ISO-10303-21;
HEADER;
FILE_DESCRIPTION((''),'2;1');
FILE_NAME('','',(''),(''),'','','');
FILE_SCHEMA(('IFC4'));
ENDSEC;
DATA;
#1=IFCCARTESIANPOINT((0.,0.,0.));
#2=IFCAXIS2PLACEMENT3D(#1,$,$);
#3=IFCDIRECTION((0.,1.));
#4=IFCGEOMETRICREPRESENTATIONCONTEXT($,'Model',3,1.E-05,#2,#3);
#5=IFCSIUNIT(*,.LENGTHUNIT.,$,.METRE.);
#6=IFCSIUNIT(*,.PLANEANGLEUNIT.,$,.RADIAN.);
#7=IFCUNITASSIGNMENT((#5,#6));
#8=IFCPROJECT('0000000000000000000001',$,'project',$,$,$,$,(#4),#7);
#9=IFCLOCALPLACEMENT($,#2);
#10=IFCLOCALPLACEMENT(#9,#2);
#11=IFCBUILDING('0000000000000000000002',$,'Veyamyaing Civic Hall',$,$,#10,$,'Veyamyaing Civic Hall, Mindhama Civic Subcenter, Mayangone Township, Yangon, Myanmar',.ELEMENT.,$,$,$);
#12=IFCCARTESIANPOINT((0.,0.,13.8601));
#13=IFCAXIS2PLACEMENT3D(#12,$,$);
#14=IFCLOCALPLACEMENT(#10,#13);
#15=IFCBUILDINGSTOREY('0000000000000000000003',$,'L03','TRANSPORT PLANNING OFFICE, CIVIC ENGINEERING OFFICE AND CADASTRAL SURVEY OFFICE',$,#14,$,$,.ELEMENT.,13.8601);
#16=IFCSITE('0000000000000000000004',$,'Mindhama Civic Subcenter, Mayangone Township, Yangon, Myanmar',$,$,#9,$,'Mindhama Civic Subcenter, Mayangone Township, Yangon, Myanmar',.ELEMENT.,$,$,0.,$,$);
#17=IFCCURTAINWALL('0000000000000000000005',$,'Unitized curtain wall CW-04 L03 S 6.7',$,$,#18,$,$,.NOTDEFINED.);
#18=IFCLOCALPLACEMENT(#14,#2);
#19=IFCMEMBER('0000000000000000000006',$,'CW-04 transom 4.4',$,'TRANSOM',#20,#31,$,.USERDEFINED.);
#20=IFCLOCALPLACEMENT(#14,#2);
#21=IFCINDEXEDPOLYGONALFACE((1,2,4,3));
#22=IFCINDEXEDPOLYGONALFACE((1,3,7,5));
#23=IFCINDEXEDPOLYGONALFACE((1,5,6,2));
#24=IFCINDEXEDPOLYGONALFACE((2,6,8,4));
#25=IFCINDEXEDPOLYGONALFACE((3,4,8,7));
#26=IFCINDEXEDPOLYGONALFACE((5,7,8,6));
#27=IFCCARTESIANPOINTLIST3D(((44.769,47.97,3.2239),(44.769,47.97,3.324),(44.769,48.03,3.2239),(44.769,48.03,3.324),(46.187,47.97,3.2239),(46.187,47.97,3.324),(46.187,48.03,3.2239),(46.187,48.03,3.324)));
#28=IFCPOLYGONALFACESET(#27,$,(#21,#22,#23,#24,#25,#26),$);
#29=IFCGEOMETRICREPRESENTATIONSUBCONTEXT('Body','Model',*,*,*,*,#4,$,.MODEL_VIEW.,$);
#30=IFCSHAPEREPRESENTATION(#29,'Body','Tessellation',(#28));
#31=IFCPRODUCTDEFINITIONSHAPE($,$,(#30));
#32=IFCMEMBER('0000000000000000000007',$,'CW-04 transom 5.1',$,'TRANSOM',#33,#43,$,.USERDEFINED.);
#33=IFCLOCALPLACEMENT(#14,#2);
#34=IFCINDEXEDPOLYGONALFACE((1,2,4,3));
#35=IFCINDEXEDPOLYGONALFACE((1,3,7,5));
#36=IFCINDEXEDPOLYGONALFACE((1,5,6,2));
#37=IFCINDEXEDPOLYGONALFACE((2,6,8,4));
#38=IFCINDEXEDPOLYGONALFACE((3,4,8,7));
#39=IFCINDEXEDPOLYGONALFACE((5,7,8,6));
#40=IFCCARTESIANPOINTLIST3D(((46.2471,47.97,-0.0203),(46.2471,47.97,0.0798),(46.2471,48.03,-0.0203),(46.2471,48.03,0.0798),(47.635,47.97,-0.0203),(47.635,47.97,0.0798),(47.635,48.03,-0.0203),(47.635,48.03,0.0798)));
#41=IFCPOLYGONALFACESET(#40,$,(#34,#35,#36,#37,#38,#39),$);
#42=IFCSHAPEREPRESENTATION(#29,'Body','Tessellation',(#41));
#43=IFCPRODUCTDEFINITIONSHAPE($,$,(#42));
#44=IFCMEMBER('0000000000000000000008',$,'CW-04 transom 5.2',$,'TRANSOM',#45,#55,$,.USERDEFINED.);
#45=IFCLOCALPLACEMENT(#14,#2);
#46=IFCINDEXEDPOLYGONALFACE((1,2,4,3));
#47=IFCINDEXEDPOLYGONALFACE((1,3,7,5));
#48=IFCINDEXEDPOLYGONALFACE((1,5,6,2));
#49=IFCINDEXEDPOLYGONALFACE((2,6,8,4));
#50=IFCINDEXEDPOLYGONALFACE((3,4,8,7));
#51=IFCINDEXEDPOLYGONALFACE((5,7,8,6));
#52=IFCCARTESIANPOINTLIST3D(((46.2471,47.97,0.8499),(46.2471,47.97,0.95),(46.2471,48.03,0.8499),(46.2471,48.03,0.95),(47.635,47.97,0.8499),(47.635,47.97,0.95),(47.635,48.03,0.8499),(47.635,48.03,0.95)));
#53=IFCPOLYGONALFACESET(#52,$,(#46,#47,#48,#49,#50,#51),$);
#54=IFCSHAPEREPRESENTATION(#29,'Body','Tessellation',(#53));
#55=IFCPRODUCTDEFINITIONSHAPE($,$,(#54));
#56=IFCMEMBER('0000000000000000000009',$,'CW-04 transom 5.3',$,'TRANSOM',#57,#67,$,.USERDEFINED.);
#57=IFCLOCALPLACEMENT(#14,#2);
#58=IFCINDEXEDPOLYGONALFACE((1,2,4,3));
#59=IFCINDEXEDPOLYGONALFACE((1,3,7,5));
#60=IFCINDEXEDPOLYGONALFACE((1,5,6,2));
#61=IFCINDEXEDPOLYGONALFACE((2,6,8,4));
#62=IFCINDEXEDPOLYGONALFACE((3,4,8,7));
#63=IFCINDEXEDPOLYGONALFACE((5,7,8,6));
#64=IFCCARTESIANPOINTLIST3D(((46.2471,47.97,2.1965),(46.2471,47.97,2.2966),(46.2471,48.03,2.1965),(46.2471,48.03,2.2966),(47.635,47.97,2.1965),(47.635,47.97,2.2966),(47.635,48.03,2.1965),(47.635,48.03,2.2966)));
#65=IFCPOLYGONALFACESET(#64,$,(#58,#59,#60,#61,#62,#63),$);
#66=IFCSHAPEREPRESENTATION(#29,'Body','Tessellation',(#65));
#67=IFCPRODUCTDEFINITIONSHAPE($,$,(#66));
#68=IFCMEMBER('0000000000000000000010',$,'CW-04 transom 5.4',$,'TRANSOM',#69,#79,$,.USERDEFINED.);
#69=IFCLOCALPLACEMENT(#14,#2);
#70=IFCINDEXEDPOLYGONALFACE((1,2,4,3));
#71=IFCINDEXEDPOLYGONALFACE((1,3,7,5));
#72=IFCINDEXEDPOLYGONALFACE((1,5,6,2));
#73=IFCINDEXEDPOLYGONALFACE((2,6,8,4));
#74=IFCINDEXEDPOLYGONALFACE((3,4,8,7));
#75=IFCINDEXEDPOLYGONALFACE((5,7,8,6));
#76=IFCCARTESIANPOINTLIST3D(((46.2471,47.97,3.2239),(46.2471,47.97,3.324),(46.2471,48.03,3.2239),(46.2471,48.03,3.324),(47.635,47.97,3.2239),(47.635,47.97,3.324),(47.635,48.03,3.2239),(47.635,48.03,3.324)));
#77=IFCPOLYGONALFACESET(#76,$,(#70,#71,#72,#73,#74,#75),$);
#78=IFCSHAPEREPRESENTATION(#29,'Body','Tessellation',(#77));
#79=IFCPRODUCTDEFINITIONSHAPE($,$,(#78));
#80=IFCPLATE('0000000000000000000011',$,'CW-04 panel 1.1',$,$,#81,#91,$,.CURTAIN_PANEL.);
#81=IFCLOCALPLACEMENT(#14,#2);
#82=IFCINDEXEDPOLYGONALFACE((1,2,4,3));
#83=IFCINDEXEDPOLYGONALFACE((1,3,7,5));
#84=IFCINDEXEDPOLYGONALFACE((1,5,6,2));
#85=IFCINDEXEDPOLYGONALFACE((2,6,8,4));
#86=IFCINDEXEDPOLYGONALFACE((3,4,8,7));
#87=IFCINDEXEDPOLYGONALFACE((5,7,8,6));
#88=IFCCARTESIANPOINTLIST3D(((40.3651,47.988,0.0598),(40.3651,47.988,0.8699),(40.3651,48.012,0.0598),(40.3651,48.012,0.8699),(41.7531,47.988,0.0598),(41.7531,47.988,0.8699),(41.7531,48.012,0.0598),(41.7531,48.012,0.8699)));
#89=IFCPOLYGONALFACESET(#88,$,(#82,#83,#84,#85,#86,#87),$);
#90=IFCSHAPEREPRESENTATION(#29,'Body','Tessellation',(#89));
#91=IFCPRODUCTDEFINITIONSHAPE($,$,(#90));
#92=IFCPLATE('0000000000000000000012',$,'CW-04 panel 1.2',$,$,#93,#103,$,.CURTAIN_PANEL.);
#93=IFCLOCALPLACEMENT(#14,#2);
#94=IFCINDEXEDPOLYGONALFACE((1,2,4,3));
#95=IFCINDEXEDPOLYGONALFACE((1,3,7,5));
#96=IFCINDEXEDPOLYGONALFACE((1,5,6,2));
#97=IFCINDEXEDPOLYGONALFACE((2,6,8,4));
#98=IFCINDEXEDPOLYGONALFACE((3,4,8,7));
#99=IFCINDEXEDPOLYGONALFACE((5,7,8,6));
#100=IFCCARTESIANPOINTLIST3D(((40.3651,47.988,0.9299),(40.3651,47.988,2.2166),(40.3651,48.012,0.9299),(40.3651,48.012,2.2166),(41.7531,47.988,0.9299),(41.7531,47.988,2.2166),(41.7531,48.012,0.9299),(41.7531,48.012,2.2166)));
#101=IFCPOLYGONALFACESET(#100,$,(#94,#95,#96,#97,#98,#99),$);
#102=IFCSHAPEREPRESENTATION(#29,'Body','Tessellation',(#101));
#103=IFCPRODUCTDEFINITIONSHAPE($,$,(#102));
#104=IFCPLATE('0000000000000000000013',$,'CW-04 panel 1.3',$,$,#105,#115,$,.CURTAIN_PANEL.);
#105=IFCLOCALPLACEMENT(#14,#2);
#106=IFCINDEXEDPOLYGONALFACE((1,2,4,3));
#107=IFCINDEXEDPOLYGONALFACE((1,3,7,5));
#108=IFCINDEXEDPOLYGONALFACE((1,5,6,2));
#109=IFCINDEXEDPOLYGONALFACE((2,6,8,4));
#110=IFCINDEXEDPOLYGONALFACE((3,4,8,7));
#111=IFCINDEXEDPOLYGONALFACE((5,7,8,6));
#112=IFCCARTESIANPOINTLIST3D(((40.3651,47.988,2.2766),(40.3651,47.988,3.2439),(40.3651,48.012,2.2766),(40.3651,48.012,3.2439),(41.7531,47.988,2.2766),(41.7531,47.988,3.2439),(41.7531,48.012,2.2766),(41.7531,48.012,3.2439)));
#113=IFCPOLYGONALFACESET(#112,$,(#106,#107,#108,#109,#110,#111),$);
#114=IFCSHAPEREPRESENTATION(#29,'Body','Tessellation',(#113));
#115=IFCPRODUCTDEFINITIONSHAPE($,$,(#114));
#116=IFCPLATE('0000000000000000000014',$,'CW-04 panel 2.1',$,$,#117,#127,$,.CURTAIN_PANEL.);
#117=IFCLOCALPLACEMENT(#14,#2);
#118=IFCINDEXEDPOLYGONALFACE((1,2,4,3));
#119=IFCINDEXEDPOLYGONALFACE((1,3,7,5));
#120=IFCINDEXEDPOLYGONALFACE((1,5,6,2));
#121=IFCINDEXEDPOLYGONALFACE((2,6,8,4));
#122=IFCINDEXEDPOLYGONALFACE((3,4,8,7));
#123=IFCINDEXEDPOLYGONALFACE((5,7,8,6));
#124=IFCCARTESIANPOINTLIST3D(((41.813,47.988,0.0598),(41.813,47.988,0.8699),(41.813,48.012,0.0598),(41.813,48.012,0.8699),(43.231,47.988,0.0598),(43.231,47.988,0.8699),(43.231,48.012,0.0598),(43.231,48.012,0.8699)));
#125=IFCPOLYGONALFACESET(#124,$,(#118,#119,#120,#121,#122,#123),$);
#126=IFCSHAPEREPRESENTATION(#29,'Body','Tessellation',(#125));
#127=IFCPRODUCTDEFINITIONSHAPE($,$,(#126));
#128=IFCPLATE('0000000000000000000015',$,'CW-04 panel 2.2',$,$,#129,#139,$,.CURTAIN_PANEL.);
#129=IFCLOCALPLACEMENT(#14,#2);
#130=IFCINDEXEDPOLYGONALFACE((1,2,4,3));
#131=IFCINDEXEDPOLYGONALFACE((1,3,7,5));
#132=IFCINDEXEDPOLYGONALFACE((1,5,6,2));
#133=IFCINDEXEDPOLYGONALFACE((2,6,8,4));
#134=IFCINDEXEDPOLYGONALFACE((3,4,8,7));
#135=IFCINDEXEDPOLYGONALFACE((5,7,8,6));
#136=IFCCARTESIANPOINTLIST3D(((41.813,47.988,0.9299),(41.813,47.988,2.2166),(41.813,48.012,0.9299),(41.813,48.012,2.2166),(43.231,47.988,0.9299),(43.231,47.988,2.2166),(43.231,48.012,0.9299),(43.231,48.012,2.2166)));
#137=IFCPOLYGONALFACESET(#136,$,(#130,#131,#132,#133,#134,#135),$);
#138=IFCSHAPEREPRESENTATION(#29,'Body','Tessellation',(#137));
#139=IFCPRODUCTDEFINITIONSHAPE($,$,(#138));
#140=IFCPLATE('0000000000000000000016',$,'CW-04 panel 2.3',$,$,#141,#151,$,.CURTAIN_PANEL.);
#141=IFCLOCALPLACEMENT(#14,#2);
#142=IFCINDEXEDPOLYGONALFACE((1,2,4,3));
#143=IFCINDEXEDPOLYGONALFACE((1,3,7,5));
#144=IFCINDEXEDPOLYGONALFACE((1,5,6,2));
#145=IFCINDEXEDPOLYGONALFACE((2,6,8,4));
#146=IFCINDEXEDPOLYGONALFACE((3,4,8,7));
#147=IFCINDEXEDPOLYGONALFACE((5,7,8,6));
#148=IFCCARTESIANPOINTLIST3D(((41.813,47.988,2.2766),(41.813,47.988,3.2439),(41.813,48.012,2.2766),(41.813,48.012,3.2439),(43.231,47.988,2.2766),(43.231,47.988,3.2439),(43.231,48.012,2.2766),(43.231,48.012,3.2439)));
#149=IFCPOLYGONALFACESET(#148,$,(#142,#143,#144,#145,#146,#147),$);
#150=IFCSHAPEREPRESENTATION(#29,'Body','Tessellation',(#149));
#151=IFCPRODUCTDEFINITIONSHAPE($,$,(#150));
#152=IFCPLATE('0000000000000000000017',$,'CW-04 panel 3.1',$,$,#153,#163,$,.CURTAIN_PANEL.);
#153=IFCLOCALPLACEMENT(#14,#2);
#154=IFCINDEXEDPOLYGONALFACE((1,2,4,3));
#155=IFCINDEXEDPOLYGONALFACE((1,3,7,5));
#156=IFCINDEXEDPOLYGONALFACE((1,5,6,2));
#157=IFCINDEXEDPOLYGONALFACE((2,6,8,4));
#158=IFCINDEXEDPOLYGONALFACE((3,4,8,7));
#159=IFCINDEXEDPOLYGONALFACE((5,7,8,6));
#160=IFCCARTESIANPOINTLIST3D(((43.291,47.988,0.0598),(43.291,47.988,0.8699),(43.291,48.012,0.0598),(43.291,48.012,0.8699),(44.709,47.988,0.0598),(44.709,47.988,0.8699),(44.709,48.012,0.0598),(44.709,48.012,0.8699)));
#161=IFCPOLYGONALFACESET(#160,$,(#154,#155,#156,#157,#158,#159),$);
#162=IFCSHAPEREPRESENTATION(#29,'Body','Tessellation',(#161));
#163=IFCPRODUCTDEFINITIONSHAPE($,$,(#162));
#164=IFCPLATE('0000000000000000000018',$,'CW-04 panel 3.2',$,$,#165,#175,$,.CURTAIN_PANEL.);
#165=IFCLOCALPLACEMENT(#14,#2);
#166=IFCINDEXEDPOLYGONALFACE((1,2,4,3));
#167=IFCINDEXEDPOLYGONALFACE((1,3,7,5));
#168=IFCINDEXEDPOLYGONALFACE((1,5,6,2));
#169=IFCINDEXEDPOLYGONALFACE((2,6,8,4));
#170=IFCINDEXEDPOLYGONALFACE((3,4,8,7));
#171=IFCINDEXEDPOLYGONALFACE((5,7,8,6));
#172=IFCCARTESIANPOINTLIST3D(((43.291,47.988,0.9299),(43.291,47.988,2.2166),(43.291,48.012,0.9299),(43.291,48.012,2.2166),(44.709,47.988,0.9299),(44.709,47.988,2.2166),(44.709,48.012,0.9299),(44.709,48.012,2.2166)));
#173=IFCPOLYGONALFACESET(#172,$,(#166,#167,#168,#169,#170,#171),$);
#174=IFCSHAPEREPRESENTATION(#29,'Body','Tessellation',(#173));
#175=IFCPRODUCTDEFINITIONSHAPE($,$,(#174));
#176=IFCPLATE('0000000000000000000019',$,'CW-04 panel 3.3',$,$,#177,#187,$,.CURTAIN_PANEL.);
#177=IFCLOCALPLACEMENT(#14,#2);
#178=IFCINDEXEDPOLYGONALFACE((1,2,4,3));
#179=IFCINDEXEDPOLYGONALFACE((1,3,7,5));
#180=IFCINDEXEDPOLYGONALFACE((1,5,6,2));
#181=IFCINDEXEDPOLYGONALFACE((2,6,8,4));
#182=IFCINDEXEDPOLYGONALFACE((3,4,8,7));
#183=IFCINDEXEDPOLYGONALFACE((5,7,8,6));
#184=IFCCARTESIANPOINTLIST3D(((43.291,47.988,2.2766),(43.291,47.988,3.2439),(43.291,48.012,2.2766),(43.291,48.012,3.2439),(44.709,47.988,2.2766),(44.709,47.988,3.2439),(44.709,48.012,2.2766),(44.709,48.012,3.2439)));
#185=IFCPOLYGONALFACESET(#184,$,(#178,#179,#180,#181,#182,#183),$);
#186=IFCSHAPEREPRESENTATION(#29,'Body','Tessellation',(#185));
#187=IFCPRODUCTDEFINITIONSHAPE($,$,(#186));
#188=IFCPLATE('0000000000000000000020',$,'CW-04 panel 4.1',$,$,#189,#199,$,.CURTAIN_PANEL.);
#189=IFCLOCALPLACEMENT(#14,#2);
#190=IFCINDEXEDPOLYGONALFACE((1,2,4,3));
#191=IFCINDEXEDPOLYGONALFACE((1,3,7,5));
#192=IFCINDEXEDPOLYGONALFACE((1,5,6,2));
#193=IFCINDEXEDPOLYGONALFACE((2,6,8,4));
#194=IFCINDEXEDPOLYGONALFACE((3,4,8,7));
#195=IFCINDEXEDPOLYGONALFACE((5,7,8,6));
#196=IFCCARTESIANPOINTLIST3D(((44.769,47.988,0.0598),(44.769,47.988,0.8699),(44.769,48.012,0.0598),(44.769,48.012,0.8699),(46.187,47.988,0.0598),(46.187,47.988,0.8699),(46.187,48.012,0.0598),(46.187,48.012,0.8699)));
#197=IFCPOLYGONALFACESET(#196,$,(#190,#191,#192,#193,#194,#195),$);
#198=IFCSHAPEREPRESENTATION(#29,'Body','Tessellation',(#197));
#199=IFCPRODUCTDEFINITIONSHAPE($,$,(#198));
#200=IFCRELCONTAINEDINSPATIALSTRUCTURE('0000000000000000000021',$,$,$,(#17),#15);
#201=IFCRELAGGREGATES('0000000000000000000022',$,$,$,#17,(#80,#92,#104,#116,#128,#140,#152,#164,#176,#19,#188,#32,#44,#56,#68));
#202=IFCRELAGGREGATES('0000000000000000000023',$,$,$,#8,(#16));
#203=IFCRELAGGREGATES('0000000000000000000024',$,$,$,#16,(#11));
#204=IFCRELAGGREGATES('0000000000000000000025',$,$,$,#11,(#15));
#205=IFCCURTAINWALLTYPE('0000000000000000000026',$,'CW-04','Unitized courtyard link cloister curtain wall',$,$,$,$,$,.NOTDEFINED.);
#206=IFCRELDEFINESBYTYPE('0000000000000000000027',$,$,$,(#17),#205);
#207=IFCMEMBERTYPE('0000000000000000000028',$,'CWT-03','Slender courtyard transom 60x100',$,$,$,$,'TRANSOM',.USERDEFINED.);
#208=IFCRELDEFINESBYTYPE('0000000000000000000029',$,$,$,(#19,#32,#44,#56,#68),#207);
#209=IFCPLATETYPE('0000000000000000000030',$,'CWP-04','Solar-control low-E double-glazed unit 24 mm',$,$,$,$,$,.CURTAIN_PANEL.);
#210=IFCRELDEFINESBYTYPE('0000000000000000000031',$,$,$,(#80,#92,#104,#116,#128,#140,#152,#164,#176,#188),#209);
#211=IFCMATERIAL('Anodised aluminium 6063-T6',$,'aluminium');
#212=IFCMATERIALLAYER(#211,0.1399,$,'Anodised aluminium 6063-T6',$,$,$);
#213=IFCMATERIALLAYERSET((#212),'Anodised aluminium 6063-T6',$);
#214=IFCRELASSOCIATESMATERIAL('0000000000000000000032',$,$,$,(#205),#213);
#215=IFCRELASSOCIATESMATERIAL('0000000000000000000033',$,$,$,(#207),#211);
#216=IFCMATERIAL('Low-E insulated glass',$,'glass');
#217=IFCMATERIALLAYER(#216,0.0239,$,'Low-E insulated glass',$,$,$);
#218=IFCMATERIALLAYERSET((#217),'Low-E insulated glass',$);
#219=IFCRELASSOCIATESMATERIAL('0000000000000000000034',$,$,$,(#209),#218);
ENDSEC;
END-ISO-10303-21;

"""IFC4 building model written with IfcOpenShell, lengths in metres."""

from ifc_helpers import new_model, si_unit, direction, frame, origin, origin_2d, place, context, subcontext, project, spatial, rectangle, extrude, material, layer, layer_set, material_profile, profile_set, type_object, element, aggregate, save


model = new_model("IFC4")

# Units and contexts
model_context = context("Model", 3, precision=1e-05, world=origin(), true_north=direction((0.0, 1.0)))
body_context = subcontext(model_context, "Body", "Model", "MODEL_VIEW")
ifc_project = project(units=[si_unit("LENGTHUNIT", "METRE"), si_unit("PLANEANGLEUNIT", "RADIAN")], contexts=[model_context])

# Site, building, storey
site_placement = place(None, origin())
site = spatial("IfcSite", under=ifc_project, at=site_placement, Name="Mindhama Civic Subcenter, Mayangone Township, Yangon, Myanmar", LongName="Mindhama Civic Subcenter, Mayangone Township, Yangon, Myanmar", CompositionType="ELEMENT", RefElevation=0.0)
building_placement = place(site_placement, origin())
building = spatial("IfcBuilding", under=site, at=building_placement, Name="Veyamyaing Civic Hall", LongName="Veyamyaing Civic Hall, Mindhama Civic Subcenter, Mayangone Township, Yangon, Myanmar", CompositionType="ELEMENT")
storey_placement = place(building_placement, frame((0.0, 0.0, 13.8601)))
storey = spatial("IfcBuildingStorey", under=building, at=storey_placement, Name="L03", Description="TRANSPORT PLANNING OFFICE, CIVIC ENGINEERING OFFICE AND CADASTRAL SURVEY OFFICE", CompositionType="ELEMENT", Elevation=13.8601)

# Curtain wall, members, plates
ifc_material_1 = material(Name="Anodised aluminium 6063-T6", Category="aluminium")
ifc_layer_1 = layer(ifc_material_1, 0.1399, Name="Anodised aluminium 6063-T6")
ifc_layer_set_1 = layer_set([ifc_layer_1], Name="Anodised aluminium 6063-T6")
curtain_wall_type = type_object("IfcCurtainWallType", Name="CW-04", Description="Unitized courtyard link cloister curtain wall", PredefinedType="NOTDEFINED", material=ifc_layer_set_1)
curtain_wall_placement = place(storey_placement, origin())
curtain_wall = element("IfcCurtainWall", 1, at=curtain_wall_placement, inside=storey, type_object=curtain_wall_type, Name="Unitized curtain wall CW-04 L03 S 6.7", PredefinedType="NOTDEFINED")
ifc_material_profile_1 = material_profile(ifc_material_1, rectangle(XDim=0.0601, YDim=0.1001, at=origin_2d()), Name="ALU-TRN-60X100")
ifc_profile_set_1 = profile_set([ifc_material_profile_1], Name="Anodised aluminium 6063-T6")
member_type_1 = type_object("IfcMemberType", Name="CWT-03", Description="Slender courtyard transom 60x100", ElementType="TRANSOM", PredefinedType="USERDEFINED", material=ifc_profile_set_1)
member_1_placement = place(storey_placement, frame((44.769, 48.0, 3.2739), z_axis=(1.0, 0.0, 0.0), x_axis=(0.0, 1.0, 0.0)))
member_1 = element("IfcMember", 2, at=member_1_placement, type_object=member_type_1, Name="CW-04 transom 4.4", ObjectType="TRANSOM", PredefinedType="USERDEFINED", context=body_context, shape_type="SweptSolid", body=[
    extrude(rectangle(XDim=0.0601, YDim=0.1001, at=origin_2d()), origin(), (0.0, 0.0, 1.0), 1.418),
])
member_2_placement = place(storey_placement, frame((46.2471, 48.0, 0.0298), z_axis=(1.0, 0.0, 0.0), x_axis=(0.0, 1.0, 0.0)))
member_2 = element("IfcMember", 3, at=member_2_placement, type_object=member_type_1, Name="CW-04 transom 5.1", ObjectType="TRANSOM", PredefinedType="USERDEFINED", context=body_context, shape_type="SweptSolid", body=[
    extrude(rectangle(XDim=0.0601, YDim=0.1001, at=origin_2d()), origin(), (0.0, 0.0, 1.0), 1.3879),
])
member_3_placement = place(storey_placement, frame((46.2471, 48.0, 0.8999), z_axis=(1.0, 0.0, 0.0), x_axis=(0.0, 1.0, 0.0)))
member_3 = element("IfcMember", 4, at=member_3_placement, type_object=member_type_1, Name="CW-04 transom 5.2", ObjectType="TRANSOM", PredefinedType="USERDEFINED", context=body_context, shape_type="SweptSolid", body=[
    extrude(rectangle(XDim=0.0601, YDim=0.1001, at=origin_2d()), origin(), (0.0, 0.0, 1.0), 1.3879),
])
member_4_placement = place(storey_placement, frame((46.2471, 48.0, 2.2466), z_axis=(1.0, 0.0, 0.0), x_axis=(0.0, 1.0, 0.0)))
member_4 = element("IfcMember", 5, at=member_4_placement, type_object=member_type_1, Name="CW-04 transom 5.3", ObjectType="TRANSOM", PredefinedType="USERDEFINED", context=body_context, shape_type="SweptSolid", body=[
    extrude(rectangle(XDim=0.0601, YDim=0.1001, at=origin_2d()), origin(), (0.0, 0.0, 1.0), 1.3879),
])
member_5_placement = place(storey_placement, frame((46.2471, 48.0, 3.2739), z_axis=(1.0, 0.0, 0.0), x_axis=(0.0, 1.0, 0.0)))
member_5 = element("IfcMember", 6, at=member_5_placement, type_object=member_type_1, Name="CW-04 transom 5.4", ObjectType="TRANSOM", PredefinedType="USERDEFINED", context=body_context, shape_type="SweptSolid", body=[
    extrude(rectangle(XDim=0.0601, YDim=0.1001, at=origin_2d()), origin(), (0.0, 0.0, 1.0), 1.3879),
])
ifc_material_2 = material(Name="Low-E insulated glass", Category="glass")
ifc_layer_2 = layer(ifc_material_2, 0.0239, Name="Low-E insulated glass")
ifc_layer_set_2 = layer_set([ifc_layer_2], Name="Low-E insulated glass")
plate_type = type_object("IfcPlateType", Name="CWP-04", Description="Solar-control low-E double-glazed unit 24 mm", PredefinedType="CURTAIN_PANEL", material=ifc_layer_set_2)
plate_1_placement = place(storey_placement, frame((41.0591, 48.0, 0.0598), z_axis=(0.0, 0.0, 1.0), x_axis=(1.0, 0.0, 0.0)))
plate_1 = element("IfcPlate", 7, at=plate_1_placement, type_object=plate_type, Name="CW-04 panel 1.1", PredefinedType="CURTAIN_PANEL", context=body_context, shape_type="SweptSolid", body=[
    extrude(rectangle(XDim=1.3879, YDim=0.0239, at=origin_2d()), origin(), (0.0, 0.0, 1.0), 0.8101),
])
plate_2_placement = place(storey_placement, frame((41.0591, 48.0, 0.9299), z_axis=(0.0, 0.0, 1.0), x_axis=(1.0, 0.0, 0.0)))
plate_2 = element("IfcPlate", 8, at=plate_2_placement, type_object=plate_type, Name="CW-04 panel 1.2", PredefinedType="CURTAIN_PANEL", context=body_context, shape_type="SweptSolid", body=[
    extrude(rectangle(XDim=1.3879, YDim=0.0239, at=origin_2d()), origin(), (0.0, 0.0, 1.0), 1.2866),
])
plate_3_placement = place(storey_placement, frame((41.0591, 48.0, 2.2766), z_axis=(0.0, 0.0, 1.0), x_axis=(1.0, 0.0, 0.0)))
plate_3 = element("IfcPlate", 9, at=plate_3_placement, type_object=plate_type, Name="CW-04 panel 1.3", PredefinedType="CURTAIN_PANEL", context=body_context, shape_type="SweptSolid", body=[
    extrude(rectangle(XDim=1.3879, YDim=0.0239, at=origin_2d()), origin(), (0.0, 0.0, 1.0), 0.9673),
])
plate_4_placement = place(storey_placement, frame((42.522, 48.0, 0.0598), z_axis=(0.0, 0.0, 1.0), x_axis=(1.0, 0.0, 0.0)))
plate_4 = element("IfcPlate", 10, at=plate_4_placement, type_object=plate_type, Name="CW-04 panel 2.1", PredefinedType="CURTAIN_PANEL", context=body_context, shape_type="SweptSolid", body=[
    extrude(rectangle(XDim=1.418, YDim=0.0239, at=origin_2d()), origin(), (0.0, 0.0, 1.0), 0.8101),
])
plate_5_placement = place(storey_placement, frame((42.522, 48.0, 0.9299), z_axis=(0.0, 0.0, 1.0), x_axis=(1.0, 0.0, 0.0)))
plate_5 = element("IfcPlate", 11, at=plate_5_placement, type_object=plate_type, Name="CW-04 panel 2.2", PredefinedType="CURTAIN_PANEL", context=body_context, shape_type="SweptSolid", body=[
    extrude(rectangle(XDim=1.418, YDim=0.0239, at=origin_2d()), origin(), (0.0, 0.0, 1.0), 1.2866),
])
plate_6_placement = place(storey_placement, frame((42.522, 48.0, 2.2766), z_axis=(0.0, 0.0, 1.0), x_axis=(1.0, 0.0, 0.0)))
plate_6 = element("IfcPlate", 12, at=plate_6_placement, type_object=plate_type, Name="CW-04 panel 2.3", PredefinedType="CURTAIN_PANEL", context=body_context, shape_type="SweptSolid", body=[
    extrude(rectangle(XDim=1.418, YDim=0.0239, at=origin_2d()), origin(), (0.0, 0.0, 1.0), 0.9673),
])
plate_7_placement = place(storey_placement, frame((44.0, 48.0, 0.0598), z_axis=(0.0, 0.0, 1.0), x_axis=(1.0, 0.0, 0.0)))
plate_7 = element("IfcPlate", 13, at=plate_7_placement, type_object=plate_type, Name="CW-04 panel 3.1", PredefinedType="CURTAIN_PANEL", context=body_context, shape_type="SweptSolid", body=[
    extrude(rectangle(XDim=1.418, YDim=0.0239, at=origin_2d()), origin(), (0.0, 0.0, 1.0), 0.8101),
])
plate_8_placement = place(storey_placement, frame((44.0, 48.0, 0.9299), z_axis=(0.0, 0.0, 1.0), x_axis=(1.0, 0.0, 0.0)))
plate_8 = element("IfcPlate", 14, at=plate_8_placement, type_object=plate_type, Name="CW-04 panel 3.2", PredefinedType="CURTAIN_PANEL", context=body_context, shape_type="SweptSolid", body=[
    extrude(rectangle(XDim=1.418, YDim=0.0239, at=origin_2d()), origin(), (0.0, 0.0, 1.0), 1.2866),
])
plate_9_placement = place(storey_placement, frame((44.0, 48.0, 2.2766), z_axis=(0.0, 0.0, 1.0), x_axis=(1.0, 0.0, 0.0)))
plate_9 = element("IfcPlate", 15, at=plate_9_placement, type_object=plate_type, Name="CW-04 panel 3.3", PredefinedType="CURTAIN_PANEL", context=body_context, shape_type="SweptSolid", body=[
    extrude(rectangle(XDim=1.418, YDim=0.0239, at=origin_2d()), origin(), (0.0, 0.0, 1.0), 0.9673),
])
plate_10_placement = place(storey_placement, frame((45.478, 48.0, 0.0598), z_axis=(0.0, 0.0, 1.0), x_axis=(1.0, 0.0, 0.0)))
plate_10 = element("IfcPlate", 16, at=plate_10_placement, type_object=plate_type, Name="CW-04 panel 4.1", PredefinedType="CURTAIN_PANEL", context=body_context, shape_type="SweptSolid", body=[
    extrude(rectangle(XDim=1.418, YDim=0.0239, at=origin_2d()), origin(), (0.0, 0.0, 1.0), 0.8101),
])
aggregate(curtain_wall, [plate_1, plate_2, plate_3, plate_4, plate_5, plate_6, plate_7, plate_8, plate_9, member_1, plate_10, member_2, member_3, member_4, member_5])

save(model, "model.ifc")
